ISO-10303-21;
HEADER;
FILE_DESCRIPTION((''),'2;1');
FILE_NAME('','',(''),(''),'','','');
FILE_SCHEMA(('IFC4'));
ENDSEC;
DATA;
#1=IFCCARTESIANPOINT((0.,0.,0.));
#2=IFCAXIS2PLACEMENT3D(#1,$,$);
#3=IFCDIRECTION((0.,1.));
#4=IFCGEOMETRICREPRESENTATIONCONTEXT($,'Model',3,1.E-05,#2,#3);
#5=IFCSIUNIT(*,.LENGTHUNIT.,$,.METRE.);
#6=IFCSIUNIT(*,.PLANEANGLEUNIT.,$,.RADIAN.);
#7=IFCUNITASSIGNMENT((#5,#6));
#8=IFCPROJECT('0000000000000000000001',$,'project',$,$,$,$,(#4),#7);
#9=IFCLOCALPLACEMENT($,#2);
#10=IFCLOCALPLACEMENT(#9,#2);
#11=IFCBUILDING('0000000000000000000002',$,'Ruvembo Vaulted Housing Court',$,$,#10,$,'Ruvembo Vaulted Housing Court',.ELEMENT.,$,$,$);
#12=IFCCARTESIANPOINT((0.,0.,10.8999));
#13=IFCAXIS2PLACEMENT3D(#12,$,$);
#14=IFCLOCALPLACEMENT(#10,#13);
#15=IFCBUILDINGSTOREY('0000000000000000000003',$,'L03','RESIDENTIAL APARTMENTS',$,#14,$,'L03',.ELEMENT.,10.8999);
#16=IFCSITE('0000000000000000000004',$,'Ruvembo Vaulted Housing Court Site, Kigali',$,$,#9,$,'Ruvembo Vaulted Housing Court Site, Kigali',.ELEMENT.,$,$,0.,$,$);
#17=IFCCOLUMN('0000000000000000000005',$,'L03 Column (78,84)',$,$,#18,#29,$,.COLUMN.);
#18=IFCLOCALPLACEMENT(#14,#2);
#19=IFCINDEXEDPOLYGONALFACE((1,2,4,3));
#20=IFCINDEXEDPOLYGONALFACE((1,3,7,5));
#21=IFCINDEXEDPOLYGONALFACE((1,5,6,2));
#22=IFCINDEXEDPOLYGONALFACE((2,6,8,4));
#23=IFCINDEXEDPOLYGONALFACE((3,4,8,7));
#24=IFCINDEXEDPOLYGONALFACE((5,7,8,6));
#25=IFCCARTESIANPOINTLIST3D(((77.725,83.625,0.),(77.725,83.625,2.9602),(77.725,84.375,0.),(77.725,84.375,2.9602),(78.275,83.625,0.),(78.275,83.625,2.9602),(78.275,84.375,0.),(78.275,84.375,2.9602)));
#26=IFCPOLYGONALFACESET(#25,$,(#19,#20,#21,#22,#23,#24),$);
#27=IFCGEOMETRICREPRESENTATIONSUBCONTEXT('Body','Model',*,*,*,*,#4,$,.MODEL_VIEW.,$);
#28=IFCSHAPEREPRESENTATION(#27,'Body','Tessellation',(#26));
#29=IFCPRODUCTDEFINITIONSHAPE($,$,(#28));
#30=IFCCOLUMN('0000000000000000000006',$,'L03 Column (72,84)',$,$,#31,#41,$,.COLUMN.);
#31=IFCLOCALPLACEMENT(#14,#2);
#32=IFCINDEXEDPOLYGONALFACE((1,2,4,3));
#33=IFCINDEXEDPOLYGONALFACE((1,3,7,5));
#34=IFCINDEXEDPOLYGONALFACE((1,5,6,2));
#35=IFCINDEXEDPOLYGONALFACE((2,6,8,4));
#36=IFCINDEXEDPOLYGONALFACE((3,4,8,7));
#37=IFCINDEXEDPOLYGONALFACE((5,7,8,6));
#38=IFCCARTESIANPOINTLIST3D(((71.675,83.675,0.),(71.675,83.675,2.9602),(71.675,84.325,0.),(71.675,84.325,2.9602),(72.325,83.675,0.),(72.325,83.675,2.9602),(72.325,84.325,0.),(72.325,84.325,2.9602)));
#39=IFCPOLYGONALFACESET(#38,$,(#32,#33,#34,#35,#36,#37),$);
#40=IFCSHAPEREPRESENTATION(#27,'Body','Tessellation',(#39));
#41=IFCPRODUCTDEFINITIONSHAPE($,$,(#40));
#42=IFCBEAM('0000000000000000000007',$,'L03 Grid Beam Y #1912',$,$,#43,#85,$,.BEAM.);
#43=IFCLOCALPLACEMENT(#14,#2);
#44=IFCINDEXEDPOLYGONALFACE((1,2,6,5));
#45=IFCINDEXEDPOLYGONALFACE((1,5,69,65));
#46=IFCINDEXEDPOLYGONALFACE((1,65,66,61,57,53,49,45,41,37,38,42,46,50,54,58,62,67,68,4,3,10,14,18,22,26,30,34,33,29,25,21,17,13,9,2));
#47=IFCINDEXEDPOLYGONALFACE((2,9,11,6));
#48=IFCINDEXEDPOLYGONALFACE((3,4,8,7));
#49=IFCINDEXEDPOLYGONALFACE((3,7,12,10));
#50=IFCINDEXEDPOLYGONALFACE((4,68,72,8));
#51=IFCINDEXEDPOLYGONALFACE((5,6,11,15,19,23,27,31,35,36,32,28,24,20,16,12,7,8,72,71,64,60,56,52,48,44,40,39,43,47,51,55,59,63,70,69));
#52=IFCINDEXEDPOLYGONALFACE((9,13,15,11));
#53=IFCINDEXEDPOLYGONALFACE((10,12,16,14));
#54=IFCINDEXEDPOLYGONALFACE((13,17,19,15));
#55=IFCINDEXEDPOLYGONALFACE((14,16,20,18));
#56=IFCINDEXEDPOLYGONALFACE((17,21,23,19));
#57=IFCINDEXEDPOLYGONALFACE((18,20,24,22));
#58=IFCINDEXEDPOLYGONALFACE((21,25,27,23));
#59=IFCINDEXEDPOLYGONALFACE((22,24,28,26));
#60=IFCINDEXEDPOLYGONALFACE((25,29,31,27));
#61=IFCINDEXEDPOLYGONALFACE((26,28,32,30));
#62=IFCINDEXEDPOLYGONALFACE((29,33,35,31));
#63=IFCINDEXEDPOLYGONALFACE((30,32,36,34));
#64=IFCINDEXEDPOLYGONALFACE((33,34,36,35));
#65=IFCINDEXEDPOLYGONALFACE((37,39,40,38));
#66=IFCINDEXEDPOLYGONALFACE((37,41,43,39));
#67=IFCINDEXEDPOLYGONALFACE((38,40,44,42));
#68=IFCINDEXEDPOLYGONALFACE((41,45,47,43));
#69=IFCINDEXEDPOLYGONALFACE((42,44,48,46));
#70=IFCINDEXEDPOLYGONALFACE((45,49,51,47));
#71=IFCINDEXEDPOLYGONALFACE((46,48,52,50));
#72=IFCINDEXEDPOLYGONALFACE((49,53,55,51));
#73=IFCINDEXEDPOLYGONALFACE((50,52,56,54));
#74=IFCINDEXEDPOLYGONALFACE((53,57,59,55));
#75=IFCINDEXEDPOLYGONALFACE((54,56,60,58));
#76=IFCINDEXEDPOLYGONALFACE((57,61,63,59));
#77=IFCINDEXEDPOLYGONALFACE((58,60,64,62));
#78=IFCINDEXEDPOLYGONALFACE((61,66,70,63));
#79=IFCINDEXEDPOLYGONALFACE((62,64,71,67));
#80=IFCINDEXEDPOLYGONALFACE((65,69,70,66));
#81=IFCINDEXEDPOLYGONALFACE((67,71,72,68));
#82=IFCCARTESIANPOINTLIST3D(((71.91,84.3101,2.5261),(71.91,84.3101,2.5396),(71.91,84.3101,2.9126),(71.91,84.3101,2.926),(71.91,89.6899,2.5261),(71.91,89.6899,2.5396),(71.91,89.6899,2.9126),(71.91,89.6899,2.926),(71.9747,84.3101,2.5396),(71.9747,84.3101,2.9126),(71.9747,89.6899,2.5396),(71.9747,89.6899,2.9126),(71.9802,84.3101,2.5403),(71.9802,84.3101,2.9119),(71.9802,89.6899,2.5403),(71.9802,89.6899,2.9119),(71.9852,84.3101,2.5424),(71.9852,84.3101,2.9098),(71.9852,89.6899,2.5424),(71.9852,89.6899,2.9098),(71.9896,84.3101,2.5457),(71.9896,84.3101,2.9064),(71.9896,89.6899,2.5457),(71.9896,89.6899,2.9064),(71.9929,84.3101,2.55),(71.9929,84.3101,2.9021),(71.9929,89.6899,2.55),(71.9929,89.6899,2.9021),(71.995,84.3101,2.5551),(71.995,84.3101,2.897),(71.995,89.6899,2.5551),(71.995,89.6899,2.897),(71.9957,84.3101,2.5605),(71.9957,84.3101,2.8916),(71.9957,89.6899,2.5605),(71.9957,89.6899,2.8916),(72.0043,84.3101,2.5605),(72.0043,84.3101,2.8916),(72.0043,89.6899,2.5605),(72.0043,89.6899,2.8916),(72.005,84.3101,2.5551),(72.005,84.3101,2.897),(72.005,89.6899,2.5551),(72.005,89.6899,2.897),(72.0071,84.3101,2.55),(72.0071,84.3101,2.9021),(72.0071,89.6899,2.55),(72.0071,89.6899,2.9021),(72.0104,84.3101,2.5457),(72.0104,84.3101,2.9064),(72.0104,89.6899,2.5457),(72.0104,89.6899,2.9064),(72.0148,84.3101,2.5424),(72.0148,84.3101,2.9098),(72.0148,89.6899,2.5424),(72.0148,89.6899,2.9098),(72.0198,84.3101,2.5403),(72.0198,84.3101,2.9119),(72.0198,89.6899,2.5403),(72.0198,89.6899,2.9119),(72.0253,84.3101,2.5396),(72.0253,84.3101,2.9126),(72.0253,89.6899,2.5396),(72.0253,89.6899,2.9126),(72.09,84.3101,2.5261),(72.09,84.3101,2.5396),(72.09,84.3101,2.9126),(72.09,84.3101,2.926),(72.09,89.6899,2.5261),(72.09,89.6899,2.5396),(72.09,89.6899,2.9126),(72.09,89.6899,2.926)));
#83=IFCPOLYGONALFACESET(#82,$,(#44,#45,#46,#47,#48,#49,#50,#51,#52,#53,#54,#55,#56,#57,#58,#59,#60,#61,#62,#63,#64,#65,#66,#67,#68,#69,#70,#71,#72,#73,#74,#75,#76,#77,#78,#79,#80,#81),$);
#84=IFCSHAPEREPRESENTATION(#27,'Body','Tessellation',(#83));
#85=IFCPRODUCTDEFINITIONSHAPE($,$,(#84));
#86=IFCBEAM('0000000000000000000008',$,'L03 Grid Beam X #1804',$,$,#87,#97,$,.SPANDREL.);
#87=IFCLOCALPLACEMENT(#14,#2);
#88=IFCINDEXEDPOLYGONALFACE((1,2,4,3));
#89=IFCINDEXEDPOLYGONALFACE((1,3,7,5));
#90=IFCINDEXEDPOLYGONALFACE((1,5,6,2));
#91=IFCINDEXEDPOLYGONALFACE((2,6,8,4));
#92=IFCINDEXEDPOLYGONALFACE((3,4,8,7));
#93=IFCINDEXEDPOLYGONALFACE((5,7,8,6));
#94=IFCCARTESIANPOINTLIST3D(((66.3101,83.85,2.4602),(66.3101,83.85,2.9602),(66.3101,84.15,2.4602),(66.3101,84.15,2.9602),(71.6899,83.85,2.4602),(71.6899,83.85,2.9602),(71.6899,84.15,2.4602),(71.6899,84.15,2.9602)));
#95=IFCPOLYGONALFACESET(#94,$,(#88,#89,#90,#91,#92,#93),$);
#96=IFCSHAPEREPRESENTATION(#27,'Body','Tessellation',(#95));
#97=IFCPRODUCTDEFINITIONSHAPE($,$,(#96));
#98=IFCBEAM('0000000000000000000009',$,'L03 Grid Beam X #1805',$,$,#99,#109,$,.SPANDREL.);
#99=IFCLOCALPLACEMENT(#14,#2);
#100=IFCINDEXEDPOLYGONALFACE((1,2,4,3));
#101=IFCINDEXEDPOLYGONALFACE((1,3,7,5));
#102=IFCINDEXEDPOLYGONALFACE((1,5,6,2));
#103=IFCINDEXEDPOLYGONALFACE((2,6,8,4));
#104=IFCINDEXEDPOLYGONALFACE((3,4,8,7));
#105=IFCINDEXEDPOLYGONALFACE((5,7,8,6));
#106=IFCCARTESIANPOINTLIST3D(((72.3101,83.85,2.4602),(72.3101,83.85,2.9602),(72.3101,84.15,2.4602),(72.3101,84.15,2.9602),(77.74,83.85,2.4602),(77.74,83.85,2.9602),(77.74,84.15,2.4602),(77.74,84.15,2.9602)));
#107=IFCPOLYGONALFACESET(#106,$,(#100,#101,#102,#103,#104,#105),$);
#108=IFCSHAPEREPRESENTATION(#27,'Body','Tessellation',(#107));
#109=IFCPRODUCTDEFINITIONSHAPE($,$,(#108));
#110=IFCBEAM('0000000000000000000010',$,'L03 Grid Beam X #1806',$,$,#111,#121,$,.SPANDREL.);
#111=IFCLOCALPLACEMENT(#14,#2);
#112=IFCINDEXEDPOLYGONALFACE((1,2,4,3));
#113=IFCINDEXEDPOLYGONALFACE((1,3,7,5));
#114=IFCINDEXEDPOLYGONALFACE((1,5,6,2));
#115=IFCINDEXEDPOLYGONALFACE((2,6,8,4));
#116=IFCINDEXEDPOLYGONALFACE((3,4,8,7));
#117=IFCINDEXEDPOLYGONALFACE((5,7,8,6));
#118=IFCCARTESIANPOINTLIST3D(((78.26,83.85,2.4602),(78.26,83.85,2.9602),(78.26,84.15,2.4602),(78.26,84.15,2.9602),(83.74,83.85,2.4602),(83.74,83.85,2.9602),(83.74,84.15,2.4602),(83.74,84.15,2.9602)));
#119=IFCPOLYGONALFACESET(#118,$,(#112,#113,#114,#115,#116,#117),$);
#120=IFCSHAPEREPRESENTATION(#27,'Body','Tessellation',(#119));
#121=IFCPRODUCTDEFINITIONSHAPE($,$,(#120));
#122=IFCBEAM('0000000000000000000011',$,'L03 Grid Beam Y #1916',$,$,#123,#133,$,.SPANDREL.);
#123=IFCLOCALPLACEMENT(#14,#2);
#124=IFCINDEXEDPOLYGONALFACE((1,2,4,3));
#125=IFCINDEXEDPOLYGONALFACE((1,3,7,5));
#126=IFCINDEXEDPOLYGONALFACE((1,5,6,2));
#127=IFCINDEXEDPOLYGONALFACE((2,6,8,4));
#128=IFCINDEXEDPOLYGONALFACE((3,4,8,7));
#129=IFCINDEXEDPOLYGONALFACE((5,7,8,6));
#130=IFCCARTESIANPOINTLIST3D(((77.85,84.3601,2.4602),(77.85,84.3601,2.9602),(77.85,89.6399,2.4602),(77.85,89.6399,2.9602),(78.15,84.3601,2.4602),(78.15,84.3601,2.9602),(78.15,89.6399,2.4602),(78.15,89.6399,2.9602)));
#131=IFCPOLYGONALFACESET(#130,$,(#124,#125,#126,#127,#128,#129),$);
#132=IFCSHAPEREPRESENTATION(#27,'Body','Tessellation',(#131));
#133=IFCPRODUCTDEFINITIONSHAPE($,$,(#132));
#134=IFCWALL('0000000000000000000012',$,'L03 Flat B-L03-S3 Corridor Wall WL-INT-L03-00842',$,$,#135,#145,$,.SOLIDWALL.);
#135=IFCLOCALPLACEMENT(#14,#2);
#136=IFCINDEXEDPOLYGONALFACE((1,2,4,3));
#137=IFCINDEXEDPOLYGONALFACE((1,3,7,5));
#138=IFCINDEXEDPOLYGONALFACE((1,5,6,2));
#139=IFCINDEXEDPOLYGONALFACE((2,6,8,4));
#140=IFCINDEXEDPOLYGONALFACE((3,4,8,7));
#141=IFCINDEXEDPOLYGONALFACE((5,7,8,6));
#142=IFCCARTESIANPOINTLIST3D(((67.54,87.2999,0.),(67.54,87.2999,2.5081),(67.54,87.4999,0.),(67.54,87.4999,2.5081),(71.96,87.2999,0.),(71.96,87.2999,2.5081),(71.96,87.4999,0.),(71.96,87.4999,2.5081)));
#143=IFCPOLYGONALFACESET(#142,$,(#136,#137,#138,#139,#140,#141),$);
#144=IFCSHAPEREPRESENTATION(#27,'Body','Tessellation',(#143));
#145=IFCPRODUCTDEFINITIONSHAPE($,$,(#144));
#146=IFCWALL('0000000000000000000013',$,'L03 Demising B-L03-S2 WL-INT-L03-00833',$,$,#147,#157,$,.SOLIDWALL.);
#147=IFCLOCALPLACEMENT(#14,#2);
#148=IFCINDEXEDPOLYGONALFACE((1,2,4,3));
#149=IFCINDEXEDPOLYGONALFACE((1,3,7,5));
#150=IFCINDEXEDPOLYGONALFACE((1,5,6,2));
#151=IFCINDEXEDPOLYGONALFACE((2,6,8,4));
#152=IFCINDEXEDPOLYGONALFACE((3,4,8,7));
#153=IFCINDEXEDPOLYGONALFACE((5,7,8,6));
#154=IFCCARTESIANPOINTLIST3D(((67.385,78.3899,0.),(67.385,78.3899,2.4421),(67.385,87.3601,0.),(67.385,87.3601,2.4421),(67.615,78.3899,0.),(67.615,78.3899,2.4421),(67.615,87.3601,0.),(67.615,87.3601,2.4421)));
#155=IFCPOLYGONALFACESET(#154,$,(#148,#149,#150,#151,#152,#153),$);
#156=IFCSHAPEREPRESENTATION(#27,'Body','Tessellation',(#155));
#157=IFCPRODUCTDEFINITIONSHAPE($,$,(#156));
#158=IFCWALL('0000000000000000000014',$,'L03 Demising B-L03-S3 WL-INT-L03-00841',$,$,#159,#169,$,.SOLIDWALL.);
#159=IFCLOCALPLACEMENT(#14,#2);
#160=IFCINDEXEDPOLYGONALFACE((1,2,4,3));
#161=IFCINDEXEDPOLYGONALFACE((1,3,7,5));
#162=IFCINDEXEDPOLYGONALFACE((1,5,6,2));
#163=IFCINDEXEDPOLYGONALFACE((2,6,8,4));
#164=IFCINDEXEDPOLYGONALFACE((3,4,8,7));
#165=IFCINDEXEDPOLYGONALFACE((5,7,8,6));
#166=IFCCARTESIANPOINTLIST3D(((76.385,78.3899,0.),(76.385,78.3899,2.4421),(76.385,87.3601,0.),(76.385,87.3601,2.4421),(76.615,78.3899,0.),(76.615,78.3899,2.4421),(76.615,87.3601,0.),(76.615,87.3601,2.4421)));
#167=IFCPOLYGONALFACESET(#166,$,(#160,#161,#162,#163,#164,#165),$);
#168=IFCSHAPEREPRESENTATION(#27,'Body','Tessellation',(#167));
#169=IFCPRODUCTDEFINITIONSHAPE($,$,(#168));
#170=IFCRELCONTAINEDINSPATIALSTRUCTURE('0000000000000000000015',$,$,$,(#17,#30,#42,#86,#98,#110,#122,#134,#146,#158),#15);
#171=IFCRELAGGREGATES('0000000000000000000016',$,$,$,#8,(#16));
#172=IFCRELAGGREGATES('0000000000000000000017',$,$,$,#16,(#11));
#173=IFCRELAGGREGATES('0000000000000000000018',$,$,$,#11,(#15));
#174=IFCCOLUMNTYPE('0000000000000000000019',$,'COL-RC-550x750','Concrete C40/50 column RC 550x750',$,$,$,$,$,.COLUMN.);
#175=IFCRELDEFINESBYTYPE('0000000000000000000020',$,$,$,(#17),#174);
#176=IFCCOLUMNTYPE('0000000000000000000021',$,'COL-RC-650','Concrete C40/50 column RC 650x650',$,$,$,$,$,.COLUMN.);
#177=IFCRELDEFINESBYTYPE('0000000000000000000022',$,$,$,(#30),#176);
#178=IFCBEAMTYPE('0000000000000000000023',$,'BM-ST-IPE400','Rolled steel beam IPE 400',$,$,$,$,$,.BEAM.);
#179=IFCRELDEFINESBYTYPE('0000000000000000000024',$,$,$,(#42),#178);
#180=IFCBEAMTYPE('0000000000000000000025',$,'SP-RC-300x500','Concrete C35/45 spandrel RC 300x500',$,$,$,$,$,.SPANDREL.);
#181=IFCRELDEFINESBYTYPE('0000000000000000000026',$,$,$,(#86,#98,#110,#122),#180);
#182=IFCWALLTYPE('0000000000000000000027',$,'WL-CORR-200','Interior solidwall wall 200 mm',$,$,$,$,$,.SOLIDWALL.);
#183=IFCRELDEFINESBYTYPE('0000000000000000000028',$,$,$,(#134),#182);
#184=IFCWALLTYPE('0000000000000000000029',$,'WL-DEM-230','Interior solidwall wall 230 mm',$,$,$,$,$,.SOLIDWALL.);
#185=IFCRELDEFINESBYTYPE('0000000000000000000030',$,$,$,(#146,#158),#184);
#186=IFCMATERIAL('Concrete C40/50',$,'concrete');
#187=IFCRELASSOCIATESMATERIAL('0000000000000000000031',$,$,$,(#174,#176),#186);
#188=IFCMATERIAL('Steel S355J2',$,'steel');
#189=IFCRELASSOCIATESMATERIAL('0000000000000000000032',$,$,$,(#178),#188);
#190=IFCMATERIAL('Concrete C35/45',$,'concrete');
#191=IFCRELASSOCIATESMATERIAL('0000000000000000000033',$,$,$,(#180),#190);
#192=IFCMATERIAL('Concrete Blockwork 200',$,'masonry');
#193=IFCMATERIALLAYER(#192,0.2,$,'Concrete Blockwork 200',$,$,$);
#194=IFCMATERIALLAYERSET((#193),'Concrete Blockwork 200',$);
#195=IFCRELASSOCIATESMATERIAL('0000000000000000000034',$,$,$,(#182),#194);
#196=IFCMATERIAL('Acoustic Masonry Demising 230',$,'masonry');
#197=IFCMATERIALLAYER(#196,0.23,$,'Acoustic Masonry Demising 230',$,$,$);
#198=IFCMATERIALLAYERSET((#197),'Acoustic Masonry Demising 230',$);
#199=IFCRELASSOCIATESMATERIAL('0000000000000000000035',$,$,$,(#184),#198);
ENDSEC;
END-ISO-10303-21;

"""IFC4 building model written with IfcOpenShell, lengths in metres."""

from ifc_helpers import new_model, si_unit, direction, frame, frame_2d, origin, origin_2d, place, context, subcontext, project, spatial, rectangle, i_section, extrude, material, layer, layer_set, material_profile, profile_set, type_object, element, save


model = new_model("IFC4")

# Units and contexts
model_context = context("Model", 3, precision=1e-05, world=origin(), true_north=direction((0.0, 1.0)))
body_context = subcontext(model_context, "Body", "Model", "MODEL_VIEW")
ifc_project = project(units=[si_unit("LENGTHUNIT", "METRE"), si_unit("PLANEANGLEUNIT", "RADIAN")], contexts=[model_context])

# Site, building, storey
site_placement = place(None, origin())
site = spatial("IfcSite", under=ifc_project, at=site_placement, Name="Ruvembo Vaulted Housing Court Site, Kigali", LongName="Ruvembo Vaulted Housing Court Site, Kigali", CompositionType="ELEMENT", RefElevation=0.0)
building_placement = place(site_placement, origin())
building = spatial("IfcBuilding", under=site, at=building_placement, Name="Ruvembo Vaulted Housing Court", LongName="Ruvembo Vaulted Housing Court", CompositionType="ELEMENT")
storey_placement = place(building_placement, frame((0.0, 0.0, 10.8999)))
storey = spatial("IfcBuildingStorey", under=building, at=storey_placement, Name="L03", Description="RESIDENTIAL APARTMENTS", LongName="L03", CompositionType="ELEMENT", Elevation=10.8999)

# Columns
ifc_material_1 = material(Name="Concrete C40/50", Category="concrete")
ifc_material_profile_1 = material_profile(ifc_material_1, rectangle(XDim=0.55, YDim=0.75, at=origin_2d()), Name="RC 550x750")
ifc_profile_set_1 = profile_set([ifc_material_profile_1], Name="Concrete C40/50")
column_type_1 = type_object("IfcColumnType", Name="COL-RC-550x750", Description="Concrete C40/50 column RC 550x750", PredefinedType="COLUMN", material=ifc_profile_set_1)
column_1_placement = place(storey_placement, frame((78.0, 84.0, 0.0), z_axis=(0.0, 0.0, 1.0), x_axis=(1.0, 0.0, 0.0)))
element("IfcColumn", 1, at=column_1_placement, inside=storey, type_object=column_type_1, Name="L03 Column (78,84)", PredefinedType="COLUMN", context=body_context, shape_type="SweptSolid", body=[
    extrude(rectangle(XDim=0.55, YDim=0.75, at=origin_2d()), origin(), (0.0, 0.0, 1.0), 2.9602),
])
ifc_material_profile_2 = material_profile(ifc_material_1, rectangle(XDim=0.6499, YDim=0.6499, at=origin_2d()), Name="RC 650x650")
ifc_profile_set_2 = profile_set([ifc_material_profile_2], Name="Concrete C40/50")
column_type_2 = type_object("IfcColumnType", Name="COL-RC-650", Description="Concrete C40/50 column RC 650x650", PredefinedType="COLUMN", material=ifc_profile_set_2)
column_2_placement = place(storey_placement, frame((72.0, 84.0, 0.0), z_axis=(0.0, 0.0, 1.0), x_axis=(1.0, 0.0, 0.0)))
element("IfcColumn", 2, at=column_2_placement, inside=storey, type_object=column_type_2, Name="L03 Column (72,84)", PredefinedType="COLUMN", context=body_context, shape_type="SweptSolid", body=[
    extrude(rectangle(XDim=0.6499, YDim=0.6499, at=origin_2d()), origin(), (0.0, 0.0, 1.0), 2.9602),
])

# Beams
ifc_material_2 = material(Name="Steel S355J2", Category="steel")
ifc_material_profile_3 = material_profile(ifc_material_2, i_section(OverallWidth=0.1799, OverallDepth=0.3999, WebThickness=0.0085, FlangeThickness=0.0134, FilletRadius=0.021, at=origin_2d()), Name="IPE 400")
ifc_profile_set_3 = profile_set([ifc_material_profile_3], Name="Steel S355J2")
beam_type_1 = type_object("IfcBeamType", Name="BM-ST-IPE400", Description="Rolled steel beam IPE 400", PredefinedType="BEAM", material=ifc_profile_set_3)
beam_1_placement = place(storey_placement, frame((72.0, 84.3101, 2.7261), z_axis=(0.0, 1.0, 0.0), x_axis=(-1.0, 0.0, 0.0)))
element("IfcBeam", 3, at=beam_1_placement, inside=storey, type_object=beam_type_1, Name="L03 Grid Beam Y #1912", PredefinedType="BEAM", context=body_context, shape_type="SweptSolid", body=[
    extrude(i_section(OverallWidth=0.1799, OverallDepth=0.3999, WebThickness=0.0085, FlangeThickness=0.0134, FilletRadius=0.021, at=origin_2d()), origin(), (0.0, 0.0, 1.0), 5.3799),
])
ifc_material_3 = material(Name="Concrete C35/45", Category="concrete")
ifc_material_profile_4 = material_profile(ifc_material_3, rectangle(XDim=0.3, YDim=0.5, at=origin_2d()), Name="RC 300x500")
ifc_profile_set_4 = profile_set([ifc_material_profile_4], Name="Concrete C35/45")
beam_type_2 = type_object("IfcBeamType", Name="SP-RC-300x500", Description="Concrete C35/45 spandrel RC 300x500", PredefinedType="SPANDREL", material=ifc_profile_set_4)
beam_2_placement = place(storey_placement, frame((66.3101, 84.0, 2.7102), z_axis=(1.0, 0.0, 0.0), x_axis=(0.0, 1.0, 0.0)))
element("IfcBeam", 4, at=beam_2_placement, inside=storey, type_object=beam_type_2, Name="L03 Grid Beam X #1804", PredefinedType="SPANDREL", context=body_context, shape_type="SweptSolid", body=[
    extrude(rectangle(XDim=0.3, YDim=0.5, at=origin_2d()), origin(), (0.0, 0.0, 1.0), 5.3799),
])
beam_3_placement = place(storey_placement, frame((72.3101, 84.0, 2.7102), z_axis=(1.0, 0.0, 0.0), x_axis=(0.0, 1.0, 0.0)))
element("IfcBeam", 5, at=beam_3_placement, inside=storey, type_object=beam_type_2, Name="L03 Grid Beam X #1805", PredefinedType="SPANDREL", context=body_context, shape_type="SweptSolid", body=[
    extrude(rectangle(XDim=0.3, YDim=0.5, at=origin_2d()), origin(), (0.0, 0.0, 1.0), 5.4299),
])
beam_4_placement = place(storey_placement, frame((78.26, 84.0, 2.7102), z_axis=(1.0, 0.0, 0.0), x_axis=(0.0, 1.0, 0.0)))
element("IfcBeam", 6, at=beam_4_placement, inside=storey, type_object=beam_type_2, Name="L03 Grid Beam X #1806", PredefinedType="SPANDREL", context=body_context, shape_type="SweptSolid", body=[
    extrude(rectangle(XDim=0.3, YDim=0.5, at=origin_2d()), origin(), (0.0, 0.0, 1.0), 5.48),
])
beam_5_placement = place(storey_placement, frame((78.0, 84.3601, 2.7102), z_axis=(0.0, 1.0, 0.0), x_axis=(-1.0, 0.0, 0.0)))
element("IfcBeam", 7, at=beam_5_placement, inside=storey, type_object=beam_type_2, Name="L03 Grid Beam Y #1916", PredefinedType="SPANDREL", context=body_context, shape_type="SweptSolid", body=[
    extrude(rectangle(XDim=0.3, YDim=0.5, at=origin_2d()), origin(), (0.0, 0.0, 1.0), 5.2798),
])

# Wall
ifc_material_4 = material(Name="Concrete Blockwork 200", Category="masonry")
ifc_layer_1 = layer(ifc_material_4, 0.2, Name="Concrete Blockwork 200")
ifc_layer_set_1 = layer_set([ifc_layer_1], Name="Concrete Blockwork 200")
wall_type_1 = type_object("IfcWallType", Name="WL-CORR-200", Description="Interior solidwall wall 200 mm", PredefinedType="SOLIDWALL", material=ifc_layer_set_1)
wall_1_placement = place(storey_placement, frame((67.54, 87.3999, 0.0), z_axis=(0.0, 0.0, 1.0), x_axis=(1.0, 0.0, 0.0)))
element("IfcWall", 8, at=wall_1_placement, inside=storey, type_object=wall_type_1, Name="L03 Flat B-L03-S3 Corridor Wall WL-INT-L03-00842", PredefinedType="SOLIDWALL", context=body_context, shape_type="SweptSolid", body=[
    extrude(rectangle(XDim=4.4199, YDim=0.2, at=frame_2d((2.21, 0.0))), origin(), (0.0, 0.0, 1.0), 2.5081),
])

# Walls
ifc_material_5 = material(Name="Acoustic Masonry Demising 230", Category="masonry")
ifc_layer_2 = layer(ifc_material_5, 0.23, Name="Acoustic Masonry Demising 230")
ifc_layer_set_2 = layer_set([ifc_layer_2], Name="Acoustic Masonry Demising 230")
wall_type_2 = type_object("IfcWallType", Name="WL-DEM-230", Description="Interior solidwall wall 230 mm", PredefinedType="SOLIDWALL", material=ifc_layer_set_2)
for number, where, z_axis, x_axis, name in (
    (9, (67.5, 78.3899, 0.0), (0.0, 0.0, 1.0), (0.0, 1.0, 0.0), "L03 Demising B-L03-S2 WL-INT-L03-00833"),
    (10, (76.5, 78.3899, 0.0), (0.0, 0.0, 1.0), (0.0, 1.0, 0.0), "L03 Demising B-L03-S3 WL-INT-L03-00841"),
):
    element("IfcWall", number, at=place(storey_placement, frame(where, z_axis=z_axis, x_axis=x_axis)), inside=storey, type_object=wall_type_2, Name=name, PredefinedType="SOLIDWALL", context=body_context, shape_type="SweptSolid", body=[
        extrude(rectangle(XDim=8.9702, YDim=0.23, at=frame_2d((4.4851, 0.0))), origin(), (0.0, 0.0, 1.0), 2.4421),
    ])

save(model, "model.ifc")
